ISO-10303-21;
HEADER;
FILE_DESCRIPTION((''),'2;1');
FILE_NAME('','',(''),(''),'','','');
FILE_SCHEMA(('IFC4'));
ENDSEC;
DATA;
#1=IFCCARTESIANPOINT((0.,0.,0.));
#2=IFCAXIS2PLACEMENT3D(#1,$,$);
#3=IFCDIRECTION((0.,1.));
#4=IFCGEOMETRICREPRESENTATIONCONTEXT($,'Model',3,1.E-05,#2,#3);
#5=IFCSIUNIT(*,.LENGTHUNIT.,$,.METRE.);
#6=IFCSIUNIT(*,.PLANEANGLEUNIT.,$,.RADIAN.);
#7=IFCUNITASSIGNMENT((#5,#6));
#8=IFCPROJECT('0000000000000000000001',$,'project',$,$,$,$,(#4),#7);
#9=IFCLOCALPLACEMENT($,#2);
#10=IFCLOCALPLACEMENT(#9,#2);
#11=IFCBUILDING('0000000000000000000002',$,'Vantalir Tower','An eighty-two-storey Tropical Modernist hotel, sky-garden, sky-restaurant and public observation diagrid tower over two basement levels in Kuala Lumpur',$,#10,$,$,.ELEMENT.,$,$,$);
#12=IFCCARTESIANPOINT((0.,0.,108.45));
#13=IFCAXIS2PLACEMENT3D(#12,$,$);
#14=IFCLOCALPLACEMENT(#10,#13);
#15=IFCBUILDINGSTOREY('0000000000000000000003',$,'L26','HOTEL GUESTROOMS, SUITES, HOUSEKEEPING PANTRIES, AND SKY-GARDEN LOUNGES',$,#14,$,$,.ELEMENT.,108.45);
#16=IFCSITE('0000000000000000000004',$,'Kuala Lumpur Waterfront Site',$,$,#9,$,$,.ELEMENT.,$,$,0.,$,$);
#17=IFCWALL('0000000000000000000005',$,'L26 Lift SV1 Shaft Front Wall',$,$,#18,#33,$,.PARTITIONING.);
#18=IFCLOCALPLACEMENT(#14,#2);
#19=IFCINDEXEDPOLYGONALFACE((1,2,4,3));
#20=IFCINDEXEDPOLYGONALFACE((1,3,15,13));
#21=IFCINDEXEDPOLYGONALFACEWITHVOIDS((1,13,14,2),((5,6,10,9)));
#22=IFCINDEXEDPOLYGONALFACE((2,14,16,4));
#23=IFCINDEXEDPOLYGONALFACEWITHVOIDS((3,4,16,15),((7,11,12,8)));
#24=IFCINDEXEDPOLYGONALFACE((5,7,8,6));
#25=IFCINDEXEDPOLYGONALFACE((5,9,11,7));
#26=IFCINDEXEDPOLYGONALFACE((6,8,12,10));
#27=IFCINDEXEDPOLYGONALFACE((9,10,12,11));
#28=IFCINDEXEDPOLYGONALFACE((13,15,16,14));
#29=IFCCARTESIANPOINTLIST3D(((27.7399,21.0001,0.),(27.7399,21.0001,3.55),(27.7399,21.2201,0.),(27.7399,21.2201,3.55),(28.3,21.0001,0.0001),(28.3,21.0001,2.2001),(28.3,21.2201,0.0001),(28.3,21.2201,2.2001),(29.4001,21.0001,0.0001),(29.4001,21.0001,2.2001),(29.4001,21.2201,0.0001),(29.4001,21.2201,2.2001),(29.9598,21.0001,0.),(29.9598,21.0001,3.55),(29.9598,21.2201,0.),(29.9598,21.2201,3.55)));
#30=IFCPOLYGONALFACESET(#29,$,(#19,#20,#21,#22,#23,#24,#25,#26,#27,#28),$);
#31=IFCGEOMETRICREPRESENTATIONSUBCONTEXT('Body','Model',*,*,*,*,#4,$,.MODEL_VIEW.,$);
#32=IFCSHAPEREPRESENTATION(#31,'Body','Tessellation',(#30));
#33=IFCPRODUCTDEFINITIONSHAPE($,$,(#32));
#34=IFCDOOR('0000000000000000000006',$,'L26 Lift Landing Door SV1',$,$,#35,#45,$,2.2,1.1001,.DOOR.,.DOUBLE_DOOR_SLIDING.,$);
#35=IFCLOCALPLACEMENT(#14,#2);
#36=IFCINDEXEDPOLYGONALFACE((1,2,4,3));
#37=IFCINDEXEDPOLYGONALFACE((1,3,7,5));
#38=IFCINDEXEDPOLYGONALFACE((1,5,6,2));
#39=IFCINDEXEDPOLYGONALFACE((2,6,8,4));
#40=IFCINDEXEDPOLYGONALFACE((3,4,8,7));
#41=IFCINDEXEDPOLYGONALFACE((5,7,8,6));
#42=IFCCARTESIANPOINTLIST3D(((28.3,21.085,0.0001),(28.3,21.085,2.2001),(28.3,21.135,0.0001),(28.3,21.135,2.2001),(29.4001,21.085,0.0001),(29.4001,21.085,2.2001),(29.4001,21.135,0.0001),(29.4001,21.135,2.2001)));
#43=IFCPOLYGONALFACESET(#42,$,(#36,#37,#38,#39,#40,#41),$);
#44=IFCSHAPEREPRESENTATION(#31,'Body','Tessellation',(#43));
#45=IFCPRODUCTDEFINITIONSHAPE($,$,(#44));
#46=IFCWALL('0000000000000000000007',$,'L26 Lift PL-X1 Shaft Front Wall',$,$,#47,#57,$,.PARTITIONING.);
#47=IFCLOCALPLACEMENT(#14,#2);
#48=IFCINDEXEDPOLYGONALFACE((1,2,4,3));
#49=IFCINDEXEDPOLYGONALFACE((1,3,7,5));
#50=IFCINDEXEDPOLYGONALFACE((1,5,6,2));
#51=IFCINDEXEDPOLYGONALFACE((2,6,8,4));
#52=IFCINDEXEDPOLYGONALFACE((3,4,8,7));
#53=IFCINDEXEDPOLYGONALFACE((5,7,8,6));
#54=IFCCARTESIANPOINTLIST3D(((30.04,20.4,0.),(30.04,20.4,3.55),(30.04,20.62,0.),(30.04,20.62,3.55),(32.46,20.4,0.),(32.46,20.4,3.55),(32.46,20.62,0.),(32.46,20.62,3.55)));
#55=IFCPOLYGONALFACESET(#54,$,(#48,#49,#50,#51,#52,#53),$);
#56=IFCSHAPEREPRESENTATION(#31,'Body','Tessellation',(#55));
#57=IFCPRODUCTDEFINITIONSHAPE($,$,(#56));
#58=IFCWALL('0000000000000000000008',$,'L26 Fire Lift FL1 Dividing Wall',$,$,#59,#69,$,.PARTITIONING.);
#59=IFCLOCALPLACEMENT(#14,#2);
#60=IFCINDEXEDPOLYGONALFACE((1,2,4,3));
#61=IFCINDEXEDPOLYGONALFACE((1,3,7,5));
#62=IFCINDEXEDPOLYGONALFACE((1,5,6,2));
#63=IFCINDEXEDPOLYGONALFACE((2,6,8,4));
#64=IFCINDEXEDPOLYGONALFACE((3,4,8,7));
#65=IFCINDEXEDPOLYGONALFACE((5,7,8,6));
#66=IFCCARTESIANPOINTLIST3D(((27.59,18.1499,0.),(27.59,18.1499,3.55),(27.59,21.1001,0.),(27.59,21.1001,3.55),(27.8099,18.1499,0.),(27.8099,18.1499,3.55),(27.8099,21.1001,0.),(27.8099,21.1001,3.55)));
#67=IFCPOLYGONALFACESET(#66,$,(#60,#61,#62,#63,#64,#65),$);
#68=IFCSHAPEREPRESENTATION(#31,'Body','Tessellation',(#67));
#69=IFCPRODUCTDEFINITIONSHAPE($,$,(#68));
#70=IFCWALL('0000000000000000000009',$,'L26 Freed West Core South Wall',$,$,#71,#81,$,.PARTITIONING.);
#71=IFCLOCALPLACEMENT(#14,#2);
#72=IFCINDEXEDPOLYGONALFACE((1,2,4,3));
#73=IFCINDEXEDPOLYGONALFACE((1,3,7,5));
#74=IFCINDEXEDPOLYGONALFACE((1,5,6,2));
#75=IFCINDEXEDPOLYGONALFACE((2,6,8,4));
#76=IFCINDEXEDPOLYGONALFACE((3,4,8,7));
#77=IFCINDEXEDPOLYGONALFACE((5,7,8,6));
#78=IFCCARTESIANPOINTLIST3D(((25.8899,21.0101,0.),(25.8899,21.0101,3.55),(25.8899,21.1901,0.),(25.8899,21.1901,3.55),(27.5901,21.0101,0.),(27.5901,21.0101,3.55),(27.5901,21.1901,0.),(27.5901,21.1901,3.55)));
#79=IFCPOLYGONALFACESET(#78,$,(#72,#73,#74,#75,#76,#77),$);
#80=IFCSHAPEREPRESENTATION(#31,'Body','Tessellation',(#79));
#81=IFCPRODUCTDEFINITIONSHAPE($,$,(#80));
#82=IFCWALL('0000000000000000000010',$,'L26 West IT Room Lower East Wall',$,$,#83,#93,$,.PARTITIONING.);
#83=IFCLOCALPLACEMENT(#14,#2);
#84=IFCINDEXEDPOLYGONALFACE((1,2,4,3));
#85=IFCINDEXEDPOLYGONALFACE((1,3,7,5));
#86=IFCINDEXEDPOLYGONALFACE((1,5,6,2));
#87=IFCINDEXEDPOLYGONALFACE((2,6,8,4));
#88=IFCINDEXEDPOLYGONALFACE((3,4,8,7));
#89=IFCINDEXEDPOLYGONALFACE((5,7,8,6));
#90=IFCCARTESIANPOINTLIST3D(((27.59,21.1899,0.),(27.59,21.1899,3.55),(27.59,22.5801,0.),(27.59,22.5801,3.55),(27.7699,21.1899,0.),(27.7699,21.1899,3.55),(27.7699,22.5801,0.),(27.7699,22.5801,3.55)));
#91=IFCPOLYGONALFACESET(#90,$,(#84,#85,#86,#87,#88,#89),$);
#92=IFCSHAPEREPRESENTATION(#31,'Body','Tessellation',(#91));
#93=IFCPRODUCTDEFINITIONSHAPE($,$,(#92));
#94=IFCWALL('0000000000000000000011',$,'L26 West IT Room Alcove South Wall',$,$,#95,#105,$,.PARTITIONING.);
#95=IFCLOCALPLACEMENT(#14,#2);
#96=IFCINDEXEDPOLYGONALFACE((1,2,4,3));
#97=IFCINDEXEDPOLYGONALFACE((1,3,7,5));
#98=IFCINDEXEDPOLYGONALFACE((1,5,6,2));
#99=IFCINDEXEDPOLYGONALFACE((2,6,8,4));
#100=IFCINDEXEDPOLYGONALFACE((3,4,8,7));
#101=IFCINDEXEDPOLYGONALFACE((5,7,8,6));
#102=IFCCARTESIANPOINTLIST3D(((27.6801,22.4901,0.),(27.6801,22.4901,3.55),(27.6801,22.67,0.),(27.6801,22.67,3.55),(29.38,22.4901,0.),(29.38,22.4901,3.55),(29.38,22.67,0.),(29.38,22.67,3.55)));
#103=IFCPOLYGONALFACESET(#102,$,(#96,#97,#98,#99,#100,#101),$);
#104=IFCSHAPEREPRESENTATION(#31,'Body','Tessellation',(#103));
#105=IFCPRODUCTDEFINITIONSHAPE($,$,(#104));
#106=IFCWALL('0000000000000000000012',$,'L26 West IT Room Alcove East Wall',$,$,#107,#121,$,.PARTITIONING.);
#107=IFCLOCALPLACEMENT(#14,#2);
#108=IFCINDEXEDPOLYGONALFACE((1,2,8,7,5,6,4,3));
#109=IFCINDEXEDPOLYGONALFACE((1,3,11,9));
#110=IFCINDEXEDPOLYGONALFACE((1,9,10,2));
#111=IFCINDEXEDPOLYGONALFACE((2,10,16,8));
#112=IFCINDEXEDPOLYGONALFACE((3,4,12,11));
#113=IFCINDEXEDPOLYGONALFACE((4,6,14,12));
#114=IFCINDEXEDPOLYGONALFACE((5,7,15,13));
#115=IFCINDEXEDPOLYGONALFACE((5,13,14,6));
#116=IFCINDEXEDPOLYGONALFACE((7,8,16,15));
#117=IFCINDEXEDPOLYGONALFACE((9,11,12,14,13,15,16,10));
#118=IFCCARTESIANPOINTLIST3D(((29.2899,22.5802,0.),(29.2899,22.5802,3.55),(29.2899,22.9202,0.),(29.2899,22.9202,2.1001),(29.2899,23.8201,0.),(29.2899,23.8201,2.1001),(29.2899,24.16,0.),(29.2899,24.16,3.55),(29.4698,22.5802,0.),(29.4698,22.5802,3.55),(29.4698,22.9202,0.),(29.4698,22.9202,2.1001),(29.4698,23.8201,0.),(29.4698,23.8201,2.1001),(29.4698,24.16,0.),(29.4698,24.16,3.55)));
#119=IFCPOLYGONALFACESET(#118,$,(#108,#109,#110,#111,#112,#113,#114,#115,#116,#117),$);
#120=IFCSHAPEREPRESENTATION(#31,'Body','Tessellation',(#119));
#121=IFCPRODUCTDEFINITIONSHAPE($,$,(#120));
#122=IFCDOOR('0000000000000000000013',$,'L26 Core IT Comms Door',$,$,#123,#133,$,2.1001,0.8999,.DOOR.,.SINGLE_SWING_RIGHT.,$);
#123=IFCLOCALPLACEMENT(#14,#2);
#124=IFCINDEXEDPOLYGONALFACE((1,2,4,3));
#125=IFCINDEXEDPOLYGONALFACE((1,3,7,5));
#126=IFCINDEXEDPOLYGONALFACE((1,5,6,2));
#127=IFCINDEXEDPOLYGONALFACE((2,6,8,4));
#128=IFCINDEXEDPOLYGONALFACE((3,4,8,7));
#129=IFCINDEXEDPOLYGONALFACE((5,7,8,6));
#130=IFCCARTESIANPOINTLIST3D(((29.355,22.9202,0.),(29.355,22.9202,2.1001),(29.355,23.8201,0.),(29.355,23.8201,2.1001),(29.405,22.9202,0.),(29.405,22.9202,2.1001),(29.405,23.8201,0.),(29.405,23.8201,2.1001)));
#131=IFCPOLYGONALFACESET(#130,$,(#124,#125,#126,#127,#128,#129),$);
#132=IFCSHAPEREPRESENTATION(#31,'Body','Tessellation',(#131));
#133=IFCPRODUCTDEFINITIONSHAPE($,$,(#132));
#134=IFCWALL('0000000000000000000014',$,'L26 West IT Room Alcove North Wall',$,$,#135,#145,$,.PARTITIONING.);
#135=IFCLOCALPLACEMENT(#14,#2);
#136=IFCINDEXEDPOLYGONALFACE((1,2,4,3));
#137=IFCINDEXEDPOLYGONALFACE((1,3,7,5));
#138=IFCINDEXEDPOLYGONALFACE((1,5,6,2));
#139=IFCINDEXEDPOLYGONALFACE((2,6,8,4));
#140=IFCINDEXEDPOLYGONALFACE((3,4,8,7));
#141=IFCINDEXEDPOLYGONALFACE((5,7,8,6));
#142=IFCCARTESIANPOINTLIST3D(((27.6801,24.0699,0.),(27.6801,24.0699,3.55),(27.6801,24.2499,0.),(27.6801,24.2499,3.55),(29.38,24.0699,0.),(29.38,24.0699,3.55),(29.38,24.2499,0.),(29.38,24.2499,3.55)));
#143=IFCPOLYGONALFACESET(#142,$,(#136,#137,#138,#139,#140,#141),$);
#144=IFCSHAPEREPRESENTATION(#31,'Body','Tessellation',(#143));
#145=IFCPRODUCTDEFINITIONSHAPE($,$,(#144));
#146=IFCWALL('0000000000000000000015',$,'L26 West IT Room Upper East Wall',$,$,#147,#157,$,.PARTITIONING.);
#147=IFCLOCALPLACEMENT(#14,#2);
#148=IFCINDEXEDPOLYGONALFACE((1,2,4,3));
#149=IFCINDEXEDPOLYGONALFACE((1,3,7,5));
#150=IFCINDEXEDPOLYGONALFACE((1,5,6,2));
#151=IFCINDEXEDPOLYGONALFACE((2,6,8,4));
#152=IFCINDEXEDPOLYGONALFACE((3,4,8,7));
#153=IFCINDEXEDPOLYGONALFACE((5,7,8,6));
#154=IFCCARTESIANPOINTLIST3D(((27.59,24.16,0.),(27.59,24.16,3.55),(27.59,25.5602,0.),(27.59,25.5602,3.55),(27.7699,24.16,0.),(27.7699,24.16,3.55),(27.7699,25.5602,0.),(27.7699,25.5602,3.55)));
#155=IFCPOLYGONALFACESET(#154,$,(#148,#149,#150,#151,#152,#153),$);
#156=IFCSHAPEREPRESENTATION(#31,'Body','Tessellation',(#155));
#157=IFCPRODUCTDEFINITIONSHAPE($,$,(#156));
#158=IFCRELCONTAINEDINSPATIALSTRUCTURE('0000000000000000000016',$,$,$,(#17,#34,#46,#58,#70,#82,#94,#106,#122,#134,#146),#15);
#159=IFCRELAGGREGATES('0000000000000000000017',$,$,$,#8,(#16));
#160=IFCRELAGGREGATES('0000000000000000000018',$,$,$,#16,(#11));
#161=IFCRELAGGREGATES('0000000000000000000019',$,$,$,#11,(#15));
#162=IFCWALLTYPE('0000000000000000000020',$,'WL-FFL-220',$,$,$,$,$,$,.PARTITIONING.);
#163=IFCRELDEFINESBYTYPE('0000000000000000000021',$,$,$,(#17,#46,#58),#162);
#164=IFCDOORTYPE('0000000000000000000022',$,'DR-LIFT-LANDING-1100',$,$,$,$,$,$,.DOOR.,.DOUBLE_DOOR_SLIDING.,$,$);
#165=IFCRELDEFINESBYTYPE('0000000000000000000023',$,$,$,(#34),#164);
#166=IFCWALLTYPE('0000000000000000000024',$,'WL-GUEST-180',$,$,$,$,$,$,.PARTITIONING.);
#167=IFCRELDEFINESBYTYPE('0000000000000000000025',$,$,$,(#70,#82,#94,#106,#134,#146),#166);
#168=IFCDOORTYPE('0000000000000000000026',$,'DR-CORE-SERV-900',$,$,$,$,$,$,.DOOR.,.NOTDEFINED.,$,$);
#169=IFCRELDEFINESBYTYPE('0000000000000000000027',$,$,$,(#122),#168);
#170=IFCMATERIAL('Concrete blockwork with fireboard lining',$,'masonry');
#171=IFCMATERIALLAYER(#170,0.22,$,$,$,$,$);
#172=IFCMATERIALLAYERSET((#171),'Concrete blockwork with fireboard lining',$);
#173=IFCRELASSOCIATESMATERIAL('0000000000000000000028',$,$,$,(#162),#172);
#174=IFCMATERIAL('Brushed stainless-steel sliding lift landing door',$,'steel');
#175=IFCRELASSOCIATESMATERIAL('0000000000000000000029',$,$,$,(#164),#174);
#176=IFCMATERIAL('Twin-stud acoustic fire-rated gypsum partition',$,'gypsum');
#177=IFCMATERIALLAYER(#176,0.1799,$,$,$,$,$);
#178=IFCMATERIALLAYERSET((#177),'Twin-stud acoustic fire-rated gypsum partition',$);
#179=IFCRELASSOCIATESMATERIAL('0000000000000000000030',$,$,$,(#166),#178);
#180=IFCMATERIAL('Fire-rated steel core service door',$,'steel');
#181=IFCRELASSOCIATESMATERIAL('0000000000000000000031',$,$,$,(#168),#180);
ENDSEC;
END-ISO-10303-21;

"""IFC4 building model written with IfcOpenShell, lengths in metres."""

from ifc_helpers import new_model, si_unit, direction, frame, frame_2d, origin, place, context, subcontext, project, spatial, rectangle, extrude, material, layer, layer_set, type_object, element, fill, save


model = new_model("IFC4")

# Units and contexts
model_context = context("Model", 3, precision=1e-05, world=origin(), true_north=direction((0.0, 1.0)))
body_context = subcontext(model_context, "Body", "Model", "MODEL_VIEW")
ifc_project = project(units=[si_unit("LENGTHUNIT", "METRE"), si_unit("PLANEANGLEUNIT", "RADIAN")], contexts=[model_context])

# Site, building, storey
site_placement = place(None, origin())
site = spatial("IfcSite", under=ifc_project, at=site_placement, Name="Kuala Lumpur Waterfront Site", CompositionType="ELEMENT", RefElevation=0.0)
building_placement = place(site_placement, origin())
building = spatial("IfcBuilding", under=site, at=building_placement, Name="Vantalir Tower", Description="An eighty-two-storey Tropical Modernist hotel, sky-garden, sky-restaurant and public observation diagrid tower over two basement levels in Kuala Lumpur", CompositionType="ELEMENT")
storey_placement = place(building_placement, frame((0.0, 0.0, 108.45)))
storey = spatial("IfcBuildingStorey", under=building, at=storey_placement, Name="L26", Description="HOTEL GUESTROOMS, SUITES, HOUSEKEEPING PANTRIES, AND SKY-GARDEN LOUNGES", CompositionType="ELEMENT", Elevation=108.45)

# Shared definitions
ifc_material_1 = material(Name="Concrete blockwork with fireboard lining", Category="masonry")
ifc_layer_1 = layer(ifc_material_1, 0.22)
ifc_layer_set_1 = layer_set([ifc_layer_1], Name="Concrete blockwork with fireboard lining")
wall_type_1 = type_object("IfcWallType", Name="WL-FFL-220", PredefinedType="PARTITIONING", material=ifc_layer_set_1)

# Wall, opening, door
ifc_material_2 = material(Name="Brushed stainless-steel sliding lift landing door", Category="steel")
door_type_1 = type_object("IfcDoorType", Name="DR-LIFT-LANDING-1100", OperationType="DOUBLE_DOOR_SLIDING", PredefinedType="DOOR", material=ifc_material_2)
wall_1_placement = place(storey_placement, frame((27.74, 21.1101, 0.0), z_axis=(0.0, 0.0, 1.0), x_axis=(1.0, 0.0, 0.0)))
wall_1 = element("IfcWall", 1, at=wall_1_placement, inside=storey, type_object=wall_type_1, Name="L26 Lift SV1 Shaft Front Wall", PredefinedType="PARTITIONING", context=body_context, shape_type="SweptSolid", body=[
    extrude(rectangle(XDim=2.22, YDim=0.22, at=frame_2d((1.1099, 0.0))), origin(), (0.0, 0.0, 1.0), 3.55),
])
opening_1_placement = place(wall_1_placement, frame((0.5601, 0.0, 0.0)))
opening_1 = element("IfcOpeningElement", 2, at=opening_1_placement, cuts=wall_1, PredefinedType="OPENING", context=body_context, shape_type="SweptSolid", body=[
    extrude(rectangle(XDim=1.1001, YDim=2.2, at=frame_2d((0.55, 1.1001))), frame((0.0, 0.1199, 0.0), z_axis=(0.0, -1.0, 0.0), x_axis=(1.0, 0.0, 0.0)), (0.0, 0.0, 1.0), 0.24),
])
door_1_placement = place(opening_1_placement, origin())
door_1 = element("IfcDoor", 3, at=door_1_placement, inside=storey, type_object=door_type_1, Name="L26 Lift Landing Door SV1", OperationType="DOUBLE_DOOR_SLIDING", OverallHeight=2.2, OverallWidth=1.1001, PredefinedType="DOOR", context=body_context, shape_type="SweptSolid", body=[
    extrude(rectangle(XDim=1.1001, YDim=2.2, at=frame_2d((0.55, 1.1001))), frame((0.0, 0.0249, 0.0), z_axis=(0.0, -1.0, 0.0), x_axis=(1.0, 0.0, 0.0)), (0.0, 0.0, 1.0), 0.05),
])
fill(opening_1, door_1)

# Walls
wall_2_placement = place(storey_placement, frame((30.04, 20.51, 0.0), z_axis=(0.0, 0.0, 1.0), x_axis=(1.0, 0.0, 0.0)))
element("IfcWall", 4, at=wall_2_placement, inside=storey, type_object=wall_type_1, Name="L26 Lift PL-X1 Shaft Front Wall", PredefinedType="PARTITIONING", context=body_context, shape_type="SweptSolid", body=[
    extrude(rectangle(XDim=2.4199, YDim=0.22, at=frame_2d((1.21, 0.0))), origin(), (0.0, 0.0, 1.0), 3.55),
])
wall_3_placement = place(storey_placement, frame((27.7, 18.1499, 0.0), z_axis=(0.0, 0.0, 1.0), x_axis=(0.0, 1.0, 0.0)))
element("IfcWall", 5, at=wall_3_placement, inside=storey, type_object=wall_type_1, Name="L26 Fire Lift FL1 Dividing Wall", PredefinedType="PARTITIONING", context=body_context, shape_type="SweptSolid", body=[
    extrude(rectangle(XDim=2.9502, YDim=0.22, at=frame_2d((1.4751, 0.0))), origin(), (0.0, 0.0, 1.0), 3.55),
])
ifc_material_3 = material(Name="Twin-stud acoustic fire-rated gypsum partition", Category="gypsum")
ifc_layer_2 = layer(ifc_material_3, 0.1799)
ifc_layer_set_2 = layer_set([ifc_layer_2], Name="Twin-stud acoustic fire-rated gypsum partition")
wall_type_2 = type_object("IfcWallType", Name="WL-GUEST-180", PredefinedType="PARTITIONING", material=ifc_layer_set_2)
wall_4_placement = place(storey_placement, frame((25.8899, 21.1001, 0.0), z_axis=(0.0, 0.0, 1.0), x_axis=(1.0, 0.0, 0.0)))
element("IfcWall", 6, at=wall_4_placement, inside=storey, type_object=wall_type_2, Name="L26 Freed West Core South Wall", PredefinedType="PARTITIONING", context=body_context, shape_type="SweptSolid", body=[
    extrude(rectangle(XDim=1.7002, YDim=0.1799, at=frame_2d((0.8501, 0.0))), origin(), (0.0, 0.0, 1.0), 3.55),
])
wall_5_placement = place(storey_placement, frame((27.6799, 21.1899, 0.0), z_axis=(0.0, 0.0, 1.0), x_axis=(0.0, 1.0, 0.0)))
element("IfcWall", 7, at=wall_5_placement, inside=storey, type_object=wall_type_2, Name="L26 West IT Room Lower East Wall", PredefinedType="PARTITIONING", context=body_context, shape_type="SweptSolid", body=[
    extrude(rectangle(XDim=1.3901, YDim=0.1799, at=frame_2d((0.6951, 0.0))), origin(), (0.0, 0.0, 1.0), 3.55),
])
wall_6_placement = place(storey_placement, frame((27.6799, 22.5801, 0.0), z_axis=(0.0, 0.0, 1.0), x_axis=(1.0, 0.0, 0.0)))
element("IfcWall", 8, at=wall_6_placement, inside=storey, type_object=wall_type_2, Name="L26 West IT Room Alcove South Wall", PredefinedType="PARTITIONING", context=body_context, shape_type="SweptSolid", body=[
    extrude(rectangle(XDim=1.7, YDim=0.1799, at=frame_2d((0.8501, 0.0))), origin(), (0.0, 0.0, 1.0), 3.55),
])

# Wall, opening, door
wall_7_placement = place(storey_placement, frame((29.3799, 22.5801, 0.0), z_axis=(0.0, 0.0, 1.0), x_axis=(0.0, 1.0, 0.0)))
wall_7 = element("IfcWall", 9, at=wall_7_placement, inside=storey, type_object=wall_type_2, Name="L26 West IT Room Alcove East Wall", PredefinedType="PARTITIONING", context=body_context, shape_type="SweptSolid", body=[
    extrude(rectangle(XDim=1.5798, YDim=0.1799, at=frame_2d((0.79, 0.0))), origin(), (0.0, 0.0, 1.0), 3.55),
])
opening_2_placement = place(wall_7_placement, frame((0.3401, 0.0, 0.0)))
opening_2 = element("IfcOpeningElement", 10, at=opening_2_placement, cuts=wall_7, PredefinedType="OPENING", context=body_context, shape_type="SweptSolid", body=[
    extrude(rectangle(XDim=0.8999, YDim=2.1001, at=frame_2d((0.45, 1.05))), frame((0.0, 0.0999, 0.0), z_axis=(0.0, -1.0, 0.0), x_axis=(1.0, 0.0, 0.0)), (0.0, 0.0, 1.0), 0.2),
])
ifc_material_4 = material(Name="Fire-rated steel core service door", Category="steel")
door_type_2 = type_object("IfcDoorType", Name="DR-CORE-SERV-900", OperationType="NOTDEFINED", PredefinedType="DOOR", material=ifc_material_4)
door_2_placement = place(opening_2_placement, origin())
door_2 = element("IfcDoor", 11, at=door_2_placement, inside=storey, type_object=door_type_2, Name="L26 Core IT Comms Door", OperationType="SINGLE_SWING_RIGHT", OverallHeight=2.1001, OverallWidth=0.8999, PredefinedType="DOOR", context=body_context, shape_type="SweptSolid", body=[
    extrude(rectangle(XDim=0.8999, YDim=2.1001, at=frame_2d((0.45, 1.05))), frame((0.0, 0.0249, 0.0), z_axis=(0.0, -1.0, 0.0), x_axis=(1.0, 0.0, 0.0)), (0.0, 0.0, 1.0), 0.05),
])
fill(opening_2, door_2)

# Walls
wall_8_placement = place(storey_placement, frame((27.6799, 24.1599, 0.0), z_axis=(0.0, 0.0, 1.0), x_axis=(1.0, 0.0, 0.0)))
element("IfcWall", 12, at=wall_8_placement, inside=storey, type_object=wall_type_2, Name="L26 West IT Room Alcove North Wall", PredefinedType="PARTITIONING", context=body_context, shape_type="SweptSolid", body=[
    extrude(rectangle(XDim=1.7, YDim=0.1799, at=frame_2d((0.8501, 0.0))), origin(), (0.0, 0.0, 1.0), 3.55),
])
wall_9_placement = place(storey_placement, frame((27.6799, 24.1599, 0.0), z_axis=(0.0, 0.0, 1.0), x_axis=(0.0, 1.0, 0.0)))
element("IfcWall", 13, at=wall_9_placement, inside=storey, type_object=wall_type_2, Name="L26 West IT Room Upper East Wall", PredefinedType="PARTITIONING", context=body_context, shape_type="SweptSolid", body=[
    extrude(rectangle(XDim=1.4001, YDim=0.1799, at=frame_2d((0.7002, 0.0))), origin(), (0.0, 0.0, 1.0), 3.55),
])

save(model, "model.ifc")
